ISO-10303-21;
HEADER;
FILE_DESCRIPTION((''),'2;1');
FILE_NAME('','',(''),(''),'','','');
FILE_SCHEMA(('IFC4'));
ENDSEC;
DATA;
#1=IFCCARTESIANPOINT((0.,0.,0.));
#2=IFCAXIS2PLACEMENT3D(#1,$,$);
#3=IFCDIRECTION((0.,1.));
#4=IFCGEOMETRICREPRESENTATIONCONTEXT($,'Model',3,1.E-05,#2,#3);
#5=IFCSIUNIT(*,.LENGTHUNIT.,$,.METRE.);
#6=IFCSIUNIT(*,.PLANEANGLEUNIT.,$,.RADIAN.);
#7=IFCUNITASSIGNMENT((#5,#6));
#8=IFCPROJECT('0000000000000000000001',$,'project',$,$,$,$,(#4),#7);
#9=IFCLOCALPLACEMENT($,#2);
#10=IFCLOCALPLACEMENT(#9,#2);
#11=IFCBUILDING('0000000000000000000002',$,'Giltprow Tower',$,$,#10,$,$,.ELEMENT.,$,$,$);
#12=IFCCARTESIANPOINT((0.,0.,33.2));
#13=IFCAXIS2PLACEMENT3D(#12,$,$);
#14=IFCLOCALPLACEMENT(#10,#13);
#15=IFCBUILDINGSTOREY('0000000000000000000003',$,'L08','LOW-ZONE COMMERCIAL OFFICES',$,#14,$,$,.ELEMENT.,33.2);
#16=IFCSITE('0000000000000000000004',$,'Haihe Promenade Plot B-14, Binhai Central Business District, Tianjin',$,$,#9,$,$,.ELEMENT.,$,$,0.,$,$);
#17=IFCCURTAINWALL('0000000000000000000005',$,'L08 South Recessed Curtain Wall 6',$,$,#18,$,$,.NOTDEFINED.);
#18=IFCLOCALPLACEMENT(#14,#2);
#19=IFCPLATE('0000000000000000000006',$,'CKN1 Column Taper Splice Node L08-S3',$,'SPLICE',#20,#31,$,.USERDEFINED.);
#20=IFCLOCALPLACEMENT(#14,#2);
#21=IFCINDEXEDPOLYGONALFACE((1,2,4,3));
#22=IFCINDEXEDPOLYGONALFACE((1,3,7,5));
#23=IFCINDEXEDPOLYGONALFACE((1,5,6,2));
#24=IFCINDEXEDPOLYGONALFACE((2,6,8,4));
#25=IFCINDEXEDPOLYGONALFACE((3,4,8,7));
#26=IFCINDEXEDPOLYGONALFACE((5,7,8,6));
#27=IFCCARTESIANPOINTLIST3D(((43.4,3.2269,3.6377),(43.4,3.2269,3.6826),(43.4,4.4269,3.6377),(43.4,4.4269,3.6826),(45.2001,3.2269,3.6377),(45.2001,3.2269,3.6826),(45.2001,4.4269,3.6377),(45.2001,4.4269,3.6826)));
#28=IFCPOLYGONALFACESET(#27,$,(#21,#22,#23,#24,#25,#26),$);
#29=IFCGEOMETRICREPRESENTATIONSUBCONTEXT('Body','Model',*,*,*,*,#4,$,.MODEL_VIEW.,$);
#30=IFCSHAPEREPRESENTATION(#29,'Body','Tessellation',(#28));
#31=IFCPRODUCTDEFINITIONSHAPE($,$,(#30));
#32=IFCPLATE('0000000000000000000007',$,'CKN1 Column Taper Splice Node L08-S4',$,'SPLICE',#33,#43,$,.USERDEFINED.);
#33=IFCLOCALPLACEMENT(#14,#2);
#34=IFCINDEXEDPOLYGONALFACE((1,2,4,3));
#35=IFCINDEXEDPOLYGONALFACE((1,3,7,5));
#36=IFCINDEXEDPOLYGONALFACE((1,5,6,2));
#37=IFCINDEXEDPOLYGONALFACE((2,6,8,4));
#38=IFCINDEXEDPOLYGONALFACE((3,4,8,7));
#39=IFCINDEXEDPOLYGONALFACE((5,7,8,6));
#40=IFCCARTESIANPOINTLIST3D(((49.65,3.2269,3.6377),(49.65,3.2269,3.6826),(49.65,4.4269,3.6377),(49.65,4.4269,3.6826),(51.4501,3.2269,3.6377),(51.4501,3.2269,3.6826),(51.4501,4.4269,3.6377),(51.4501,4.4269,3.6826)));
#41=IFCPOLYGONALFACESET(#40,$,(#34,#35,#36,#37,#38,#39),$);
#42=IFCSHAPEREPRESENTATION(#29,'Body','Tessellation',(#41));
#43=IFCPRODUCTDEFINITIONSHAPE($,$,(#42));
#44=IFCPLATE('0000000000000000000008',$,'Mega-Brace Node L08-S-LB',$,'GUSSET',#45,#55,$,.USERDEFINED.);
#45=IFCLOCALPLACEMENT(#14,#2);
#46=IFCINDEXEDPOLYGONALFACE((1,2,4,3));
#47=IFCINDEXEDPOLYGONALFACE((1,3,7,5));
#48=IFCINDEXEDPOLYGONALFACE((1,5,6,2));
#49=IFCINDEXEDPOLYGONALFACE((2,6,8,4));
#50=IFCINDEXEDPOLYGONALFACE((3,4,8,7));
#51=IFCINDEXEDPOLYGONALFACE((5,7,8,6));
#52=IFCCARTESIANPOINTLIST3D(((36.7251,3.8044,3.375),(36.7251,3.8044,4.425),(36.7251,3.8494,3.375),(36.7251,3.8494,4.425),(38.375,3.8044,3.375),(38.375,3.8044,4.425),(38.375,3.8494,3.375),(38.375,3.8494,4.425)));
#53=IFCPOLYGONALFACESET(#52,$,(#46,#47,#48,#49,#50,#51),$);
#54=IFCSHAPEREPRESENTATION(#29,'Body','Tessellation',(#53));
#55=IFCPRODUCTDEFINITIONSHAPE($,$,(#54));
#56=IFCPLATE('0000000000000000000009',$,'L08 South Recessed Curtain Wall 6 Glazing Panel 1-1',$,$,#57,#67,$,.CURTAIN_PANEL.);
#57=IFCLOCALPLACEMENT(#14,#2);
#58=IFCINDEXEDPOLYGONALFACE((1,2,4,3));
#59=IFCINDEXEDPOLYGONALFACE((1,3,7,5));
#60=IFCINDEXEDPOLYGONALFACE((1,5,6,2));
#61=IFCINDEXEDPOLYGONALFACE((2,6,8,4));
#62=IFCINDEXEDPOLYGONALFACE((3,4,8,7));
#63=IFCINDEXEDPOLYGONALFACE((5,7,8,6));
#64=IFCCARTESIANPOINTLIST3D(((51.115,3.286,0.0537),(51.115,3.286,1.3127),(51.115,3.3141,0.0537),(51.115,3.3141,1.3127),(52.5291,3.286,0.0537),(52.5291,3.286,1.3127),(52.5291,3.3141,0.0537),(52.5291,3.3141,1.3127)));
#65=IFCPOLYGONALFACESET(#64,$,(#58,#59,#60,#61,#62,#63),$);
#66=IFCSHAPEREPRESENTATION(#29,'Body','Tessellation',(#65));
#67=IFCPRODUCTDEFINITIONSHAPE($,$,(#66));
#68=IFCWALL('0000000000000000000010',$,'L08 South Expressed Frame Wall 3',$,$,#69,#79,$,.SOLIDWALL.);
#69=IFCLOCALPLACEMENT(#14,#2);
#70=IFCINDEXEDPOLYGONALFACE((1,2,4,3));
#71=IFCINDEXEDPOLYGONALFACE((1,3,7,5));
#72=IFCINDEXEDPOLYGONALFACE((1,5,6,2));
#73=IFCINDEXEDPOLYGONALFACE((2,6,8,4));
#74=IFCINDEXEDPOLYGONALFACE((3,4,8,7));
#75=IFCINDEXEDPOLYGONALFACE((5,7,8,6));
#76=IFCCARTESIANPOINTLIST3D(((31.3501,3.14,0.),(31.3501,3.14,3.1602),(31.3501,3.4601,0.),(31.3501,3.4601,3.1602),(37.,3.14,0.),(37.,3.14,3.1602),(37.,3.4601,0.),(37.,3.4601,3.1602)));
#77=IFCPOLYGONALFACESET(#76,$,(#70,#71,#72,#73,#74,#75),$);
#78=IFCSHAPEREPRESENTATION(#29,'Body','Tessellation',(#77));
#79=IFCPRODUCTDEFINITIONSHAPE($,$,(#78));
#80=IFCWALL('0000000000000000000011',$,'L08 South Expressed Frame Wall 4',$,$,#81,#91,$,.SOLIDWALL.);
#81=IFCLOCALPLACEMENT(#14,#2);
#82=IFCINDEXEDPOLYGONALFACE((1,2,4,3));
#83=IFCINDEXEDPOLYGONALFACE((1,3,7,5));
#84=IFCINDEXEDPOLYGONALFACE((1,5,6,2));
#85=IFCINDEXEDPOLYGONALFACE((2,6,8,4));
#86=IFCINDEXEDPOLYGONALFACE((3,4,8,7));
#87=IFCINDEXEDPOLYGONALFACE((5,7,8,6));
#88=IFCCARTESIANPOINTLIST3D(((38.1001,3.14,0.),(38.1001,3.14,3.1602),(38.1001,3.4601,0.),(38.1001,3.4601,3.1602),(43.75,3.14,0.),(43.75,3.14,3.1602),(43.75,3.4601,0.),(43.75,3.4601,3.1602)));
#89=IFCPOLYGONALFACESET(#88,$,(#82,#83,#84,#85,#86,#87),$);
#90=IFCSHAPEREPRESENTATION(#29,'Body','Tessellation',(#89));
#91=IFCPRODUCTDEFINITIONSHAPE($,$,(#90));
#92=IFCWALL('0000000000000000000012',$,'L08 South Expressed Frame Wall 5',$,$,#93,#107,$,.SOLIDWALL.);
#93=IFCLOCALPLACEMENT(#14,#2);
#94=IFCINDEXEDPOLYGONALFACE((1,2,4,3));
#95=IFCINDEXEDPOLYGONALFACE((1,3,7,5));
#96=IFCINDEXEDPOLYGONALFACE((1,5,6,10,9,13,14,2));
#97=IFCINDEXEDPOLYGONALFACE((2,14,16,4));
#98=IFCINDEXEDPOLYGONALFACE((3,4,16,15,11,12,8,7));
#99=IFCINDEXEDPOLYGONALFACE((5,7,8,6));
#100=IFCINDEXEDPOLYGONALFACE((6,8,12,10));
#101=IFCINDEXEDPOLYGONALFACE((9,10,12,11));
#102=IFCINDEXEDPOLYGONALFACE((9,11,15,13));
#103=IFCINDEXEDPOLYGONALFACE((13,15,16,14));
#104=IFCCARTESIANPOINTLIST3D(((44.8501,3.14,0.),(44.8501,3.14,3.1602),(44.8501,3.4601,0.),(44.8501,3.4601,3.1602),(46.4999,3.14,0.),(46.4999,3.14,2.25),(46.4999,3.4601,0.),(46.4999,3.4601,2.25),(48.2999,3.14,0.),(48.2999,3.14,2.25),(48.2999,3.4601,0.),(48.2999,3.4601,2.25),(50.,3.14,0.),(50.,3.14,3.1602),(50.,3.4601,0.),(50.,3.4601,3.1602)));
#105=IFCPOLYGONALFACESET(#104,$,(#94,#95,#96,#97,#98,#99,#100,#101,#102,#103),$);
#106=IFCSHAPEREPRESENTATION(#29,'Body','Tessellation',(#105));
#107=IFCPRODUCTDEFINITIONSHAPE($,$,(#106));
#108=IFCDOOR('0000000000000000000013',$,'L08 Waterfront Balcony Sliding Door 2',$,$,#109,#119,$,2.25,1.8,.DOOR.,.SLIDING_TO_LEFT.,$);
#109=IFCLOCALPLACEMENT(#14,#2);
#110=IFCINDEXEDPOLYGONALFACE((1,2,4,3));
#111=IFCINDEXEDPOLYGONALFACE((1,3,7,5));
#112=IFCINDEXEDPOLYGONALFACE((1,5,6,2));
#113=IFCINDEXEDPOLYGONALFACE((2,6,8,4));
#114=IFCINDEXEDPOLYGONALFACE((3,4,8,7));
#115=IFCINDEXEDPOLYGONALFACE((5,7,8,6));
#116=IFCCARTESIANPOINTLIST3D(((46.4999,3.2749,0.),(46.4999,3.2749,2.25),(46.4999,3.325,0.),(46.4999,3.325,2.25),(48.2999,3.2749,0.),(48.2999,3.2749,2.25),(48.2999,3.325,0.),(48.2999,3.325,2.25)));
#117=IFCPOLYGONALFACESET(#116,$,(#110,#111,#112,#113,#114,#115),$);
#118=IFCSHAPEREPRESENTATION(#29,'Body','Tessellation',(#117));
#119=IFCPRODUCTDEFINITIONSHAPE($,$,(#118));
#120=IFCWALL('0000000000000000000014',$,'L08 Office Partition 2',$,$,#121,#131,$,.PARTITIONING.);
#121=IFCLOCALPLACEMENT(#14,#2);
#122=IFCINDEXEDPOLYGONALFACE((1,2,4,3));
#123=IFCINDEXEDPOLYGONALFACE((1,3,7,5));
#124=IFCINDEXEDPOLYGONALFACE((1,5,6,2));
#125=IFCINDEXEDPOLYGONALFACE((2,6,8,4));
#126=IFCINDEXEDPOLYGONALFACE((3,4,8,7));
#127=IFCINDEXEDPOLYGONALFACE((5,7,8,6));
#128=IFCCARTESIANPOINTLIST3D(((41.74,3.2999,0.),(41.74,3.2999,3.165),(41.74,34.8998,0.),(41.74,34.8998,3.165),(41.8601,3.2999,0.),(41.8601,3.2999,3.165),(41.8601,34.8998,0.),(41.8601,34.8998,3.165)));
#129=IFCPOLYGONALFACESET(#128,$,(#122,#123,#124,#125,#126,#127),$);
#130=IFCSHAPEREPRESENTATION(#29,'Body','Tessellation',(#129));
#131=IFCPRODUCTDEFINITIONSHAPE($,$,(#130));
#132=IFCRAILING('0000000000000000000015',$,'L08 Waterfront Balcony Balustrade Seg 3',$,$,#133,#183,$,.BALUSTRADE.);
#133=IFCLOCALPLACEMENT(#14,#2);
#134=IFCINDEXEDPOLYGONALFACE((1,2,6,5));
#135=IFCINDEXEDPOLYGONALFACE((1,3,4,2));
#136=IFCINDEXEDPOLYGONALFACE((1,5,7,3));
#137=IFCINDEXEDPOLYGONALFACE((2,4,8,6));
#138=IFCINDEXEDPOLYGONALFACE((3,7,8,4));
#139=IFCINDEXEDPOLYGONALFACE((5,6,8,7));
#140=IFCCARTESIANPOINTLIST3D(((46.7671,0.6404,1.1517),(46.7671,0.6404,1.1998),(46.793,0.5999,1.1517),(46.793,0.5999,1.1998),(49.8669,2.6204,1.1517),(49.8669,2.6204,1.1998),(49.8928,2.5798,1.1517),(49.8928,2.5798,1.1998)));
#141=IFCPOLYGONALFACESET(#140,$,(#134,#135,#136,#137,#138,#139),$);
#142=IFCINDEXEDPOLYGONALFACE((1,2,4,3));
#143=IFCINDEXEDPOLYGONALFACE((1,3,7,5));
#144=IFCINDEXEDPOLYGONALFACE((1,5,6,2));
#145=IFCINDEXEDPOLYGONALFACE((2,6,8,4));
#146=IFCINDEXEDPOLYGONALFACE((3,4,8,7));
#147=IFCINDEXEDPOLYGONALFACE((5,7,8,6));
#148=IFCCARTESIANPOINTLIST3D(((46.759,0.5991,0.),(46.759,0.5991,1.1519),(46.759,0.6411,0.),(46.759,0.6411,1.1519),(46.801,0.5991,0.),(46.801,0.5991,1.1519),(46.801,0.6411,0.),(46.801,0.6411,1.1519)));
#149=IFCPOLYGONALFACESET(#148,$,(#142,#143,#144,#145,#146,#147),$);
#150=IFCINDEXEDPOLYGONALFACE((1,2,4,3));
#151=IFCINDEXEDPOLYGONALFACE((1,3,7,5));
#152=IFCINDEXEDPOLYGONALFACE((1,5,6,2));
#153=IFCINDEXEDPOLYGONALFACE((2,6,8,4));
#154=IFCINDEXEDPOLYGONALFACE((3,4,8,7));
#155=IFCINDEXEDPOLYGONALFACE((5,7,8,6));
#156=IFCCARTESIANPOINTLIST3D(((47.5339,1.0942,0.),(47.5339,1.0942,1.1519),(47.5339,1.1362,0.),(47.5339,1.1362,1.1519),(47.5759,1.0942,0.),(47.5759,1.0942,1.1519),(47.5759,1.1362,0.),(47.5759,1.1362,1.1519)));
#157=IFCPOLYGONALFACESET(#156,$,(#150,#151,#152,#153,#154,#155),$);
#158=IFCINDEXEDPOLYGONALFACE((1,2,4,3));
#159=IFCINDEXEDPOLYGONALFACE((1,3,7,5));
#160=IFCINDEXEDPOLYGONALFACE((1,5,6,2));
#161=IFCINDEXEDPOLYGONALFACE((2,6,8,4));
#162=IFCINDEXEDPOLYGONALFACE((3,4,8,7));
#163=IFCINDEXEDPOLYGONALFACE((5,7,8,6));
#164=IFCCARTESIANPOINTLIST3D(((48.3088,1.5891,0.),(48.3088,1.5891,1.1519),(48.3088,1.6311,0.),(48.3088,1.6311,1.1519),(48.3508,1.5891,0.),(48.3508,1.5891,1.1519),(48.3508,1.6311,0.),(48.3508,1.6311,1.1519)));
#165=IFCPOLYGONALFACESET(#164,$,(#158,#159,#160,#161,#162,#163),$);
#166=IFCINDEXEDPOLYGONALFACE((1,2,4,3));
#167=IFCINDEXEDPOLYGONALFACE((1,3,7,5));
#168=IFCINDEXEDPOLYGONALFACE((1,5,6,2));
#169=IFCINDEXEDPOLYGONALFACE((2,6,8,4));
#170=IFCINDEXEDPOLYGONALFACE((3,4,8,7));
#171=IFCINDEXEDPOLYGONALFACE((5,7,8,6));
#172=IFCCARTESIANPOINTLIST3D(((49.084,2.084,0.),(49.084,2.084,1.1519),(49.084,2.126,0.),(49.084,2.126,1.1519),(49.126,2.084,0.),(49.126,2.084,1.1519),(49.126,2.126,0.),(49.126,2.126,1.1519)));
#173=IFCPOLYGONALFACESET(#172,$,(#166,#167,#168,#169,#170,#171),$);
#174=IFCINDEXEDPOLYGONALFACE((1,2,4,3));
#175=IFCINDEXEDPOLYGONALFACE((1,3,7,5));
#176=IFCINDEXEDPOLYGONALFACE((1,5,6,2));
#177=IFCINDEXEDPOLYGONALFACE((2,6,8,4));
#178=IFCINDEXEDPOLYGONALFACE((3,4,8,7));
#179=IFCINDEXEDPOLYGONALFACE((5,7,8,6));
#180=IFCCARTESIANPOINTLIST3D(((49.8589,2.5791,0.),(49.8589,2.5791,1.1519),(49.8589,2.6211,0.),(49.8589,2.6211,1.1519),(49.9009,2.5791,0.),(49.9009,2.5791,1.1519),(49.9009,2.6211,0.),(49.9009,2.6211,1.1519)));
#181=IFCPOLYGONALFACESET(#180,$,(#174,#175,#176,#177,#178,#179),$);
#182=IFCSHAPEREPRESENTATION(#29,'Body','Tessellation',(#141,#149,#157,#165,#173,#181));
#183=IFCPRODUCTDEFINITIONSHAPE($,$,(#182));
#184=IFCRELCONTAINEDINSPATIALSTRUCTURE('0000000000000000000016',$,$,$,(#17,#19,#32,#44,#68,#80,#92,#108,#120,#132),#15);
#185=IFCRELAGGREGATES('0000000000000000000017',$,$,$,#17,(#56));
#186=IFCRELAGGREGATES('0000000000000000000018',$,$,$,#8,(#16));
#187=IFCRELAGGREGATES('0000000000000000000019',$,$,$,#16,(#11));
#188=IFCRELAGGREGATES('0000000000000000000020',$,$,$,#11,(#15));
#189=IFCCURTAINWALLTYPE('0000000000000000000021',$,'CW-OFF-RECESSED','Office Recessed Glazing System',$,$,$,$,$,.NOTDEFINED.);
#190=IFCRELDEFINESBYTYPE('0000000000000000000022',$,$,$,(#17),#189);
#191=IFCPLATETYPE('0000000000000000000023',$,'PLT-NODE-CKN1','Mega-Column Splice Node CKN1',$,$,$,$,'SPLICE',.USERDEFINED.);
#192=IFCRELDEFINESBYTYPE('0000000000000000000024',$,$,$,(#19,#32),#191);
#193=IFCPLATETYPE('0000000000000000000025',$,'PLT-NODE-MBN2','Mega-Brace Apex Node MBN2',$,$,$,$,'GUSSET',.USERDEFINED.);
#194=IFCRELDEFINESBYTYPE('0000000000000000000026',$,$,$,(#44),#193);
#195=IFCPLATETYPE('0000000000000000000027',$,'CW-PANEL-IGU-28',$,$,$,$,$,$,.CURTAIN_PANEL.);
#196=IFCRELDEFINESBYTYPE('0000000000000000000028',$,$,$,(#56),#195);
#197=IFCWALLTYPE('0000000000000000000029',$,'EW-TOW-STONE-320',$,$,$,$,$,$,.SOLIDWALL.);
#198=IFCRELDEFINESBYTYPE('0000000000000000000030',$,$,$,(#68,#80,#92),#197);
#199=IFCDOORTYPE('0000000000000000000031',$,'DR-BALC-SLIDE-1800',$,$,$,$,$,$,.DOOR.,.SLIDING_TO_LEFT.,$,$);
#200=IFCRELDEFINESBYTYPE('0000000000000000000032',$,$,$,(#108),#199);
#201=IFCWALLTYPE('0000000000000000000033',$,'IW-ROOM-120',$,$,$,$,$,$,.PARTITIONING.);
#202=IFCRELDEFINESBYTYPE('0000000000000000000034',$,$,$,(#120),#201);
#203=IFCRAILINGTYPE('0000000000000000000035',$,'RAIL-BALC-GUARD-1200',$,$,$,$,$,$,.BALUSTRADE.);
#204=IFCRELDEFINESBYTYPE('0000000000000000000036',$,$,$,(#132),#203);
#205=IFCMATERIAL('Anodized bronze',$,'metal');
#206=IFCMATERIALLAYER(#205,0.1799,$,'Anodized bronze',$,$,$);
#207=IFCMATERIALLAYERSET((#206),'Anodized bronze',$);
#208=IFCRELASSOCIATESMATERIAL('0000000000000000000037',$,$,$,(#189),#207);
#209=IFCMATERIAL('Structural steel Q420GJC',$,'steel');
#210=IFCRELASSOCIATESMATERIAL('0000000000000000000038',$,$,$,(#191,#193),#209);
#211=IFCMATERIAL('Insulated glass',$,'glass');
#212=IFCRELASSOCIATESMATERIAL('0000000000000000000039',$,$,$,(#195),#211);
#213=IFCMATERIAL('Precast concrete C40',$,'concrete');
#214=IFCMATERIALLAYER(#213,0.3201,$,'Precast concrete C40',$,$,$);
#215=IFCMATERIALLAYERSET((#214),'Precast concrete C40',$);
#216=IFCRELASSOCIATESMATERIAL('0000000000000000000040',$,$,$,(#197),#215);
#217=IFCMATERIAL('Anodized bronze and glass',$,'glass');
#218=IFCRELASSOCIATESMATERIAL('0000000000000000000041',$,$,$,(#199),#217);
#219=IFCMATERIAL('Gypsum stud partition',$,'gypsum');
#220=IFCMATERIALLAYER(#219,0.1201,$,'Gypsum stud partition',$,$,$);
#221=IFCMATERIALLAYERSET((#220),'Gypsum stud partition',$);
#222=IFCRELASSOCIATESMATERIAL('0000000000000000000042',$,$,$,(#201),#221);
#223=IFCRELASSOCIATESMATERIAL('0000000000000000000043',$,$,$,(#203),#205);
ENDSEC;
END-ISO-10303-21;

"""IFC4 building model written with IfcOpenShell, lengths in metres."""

from ifc_helpers import new_model, si_unit, direction, frame, frame_2d, origin, origin_2d, place, context, subcontext, project, spatial, rectangle, extrude, source, transform, mapped, material, layer, layer_set, type_object, element, fill, aggregate, save


model = new_model("IFC4")

# Units and contexts
model_context = context("Model", 3, precision=1e-05, world=origin(), true_north=direction((0.0, 1.0)))
body_context = subcontext(model_context, "Body", "Model", "MODEL_VIEW")
ifc_project = project(units=[si_unit("LENGTHUNIT", "METRE"), si_unit("PLANEANGLEUNIT", "RADIAN")], contexts=[model_context])

# Site, building, storey
site_placement = place(None, origin())
site = spatial("IfcSite", under=ifc_project, at=site_placement, Name="Haihe Promenade Plot B-14, Binhai Central Business District, Tianjin", CompositionType="ELEMENT", RefElevation=0.0)
building_placement = place(site_placement, origin())
building = spatial("IfcBuilding", under=site, at=building_placement, Name="Giltprow Tower", CompositionType="ELEMENT")
storey_placement = place(building_placement, frame((0.0, 0.0, 33.2)))
storey = spatial("IfcBuildingStorey", under=building, at=storey_placement, Name="L08", Description="LOW-ZONE COMMERCIAL OFFICES", CompositionType="ELEMENT", Elevation=33.2)

# Shared definitions
ifc_material_1 = material(Name="Structural steel Q420GJC", Category="steel")

# Curtain wall
ifc_material_2 = material(Name="Anodized bronze", Category="metal")
ifc_layer_1 = layer(ifc_material_2, 0.1799, Name="Anodized bronze")
ifc_layer_set_1 = layer_set([ifc_layer_1], Name="Anodized bronze")
curtain_wall_type = type_object("IfcCurtainWallType", Name="CW-OFF-RECESSED", Description="Office Recessed Glazing System", PredefinedType="NOTDEFINED", material=ifc_layer_set_1)
curtain_wall_placement = place(storey_placement, origin())
curtain_wall = element("IfcCurtainWall", 1, at=curtain_wall_placement, inside=storey, type_object=curtain_wall_type, Name="L08 South Recessed Curtain Wall 6", PredefinedType="NOTDEFINED")

# Plates
plate_type_1 = type_object("IfcPlateType", Name="PLT-NODE-CKN1", Description="Mega-Column Splice Node CKN1", ElementType="SPLICE", PredefinedType="USERDEFINED", material=ifc_material_1)
shared_shape_1 = source(origin(), body_context, "Body", "SweptSolid", [
    extrude(rectangle(XDim=1.8, YDim=1.2, at=origin_2d()), origin(), (0.0, 0.0, 1.0), 0.0449),
])
for number, where, z_axis, x_axis, name in (
    (2, (44.3, 3.8269, 3.6377), (0.0, 0.0, 1.0), (1.0, 0.0, 0.0), "CKN1 Column Taper Splice Node L08-S3"),
    (3, (50.55, 3.8269, 3.6377), (0.0, 0.0, 1.0), (1.0, 0.0, 0.0), "CKN1 Column Taper Splice Node L08-S4"),
):
    element("IfcPlate", number, at=place(storey_placement, frame(where, z_axis=z_axis, x_axis=x_axis)), inside=storey, type_object=plate_type_1, Name=name, ObjectType="SPLICE", PredefinedType="USERDEFINED", context=body_context, shape_type="MappedRepresentation", body=[
        mapped(shared_shape_1, transform((0.0, 0.0, 0.0), x_axis=(1.0, 0.0, 0.0), y_axis=(0.0, 1.0, 0.0), z_axis=(0.0, 0.0, 1.0), scale=1.0)),
    ])
plate_type_2 = type_object("IfcPlateType", Name="PLT-NODE-MBN2", Description="Mega-Brace Apex Node MBN2", ElementType="GUSSET", PredefinedType="USERDEFINED", material=ifc_material_1)
shared_shape_2 = source(origin(), body_context, "Body", "SweptSolid", [
    extrude(rectangle(XDim=1.6499, YDim=0.0449, at=origin_2d()), origin(), (0.0, 0.0, 1.0), 1.05),
])
plate_1_placement = place(storey_placement, frame((37.55, 3.8269, 3.375), z_axis=(0.0, 0.0, 1.0), x_axis=(1.0, 0.0, 0.0)))
element("IfcPlate", 4, at=plate_1_placement, inside=storey, type_object=plate_type_2, Name="Mega-Brace Node L08-S-LB", ObjectType="GUSSET", PredefinedType="USERDEFINED", context=body_context, shape_type="MappedRepresentation", body=[
    mapped(shared_shape_2, transform((0.0, 0.0, 0.0), x_axis=(1.0, 0.0, 0.0), y_axis=(0.0, 1.0, 0.0), z_axis=(0.0, 0.0, 1.0), scale=1.0)),
])

# Plate
ifc_material_3 = material(Name="Insulated glass", Category="glass")
plate_type_3 = type_object("IfcPlateType", Name="CW-PANEL-IGU-28", PredefinedType="CURTAIN_PANEL", material=ifc_material_3)
shared_shape_3 = source(origin(), body_context, "Body", "SweptSolid", [
    extrude(rectangle(XDim=1.4141, YDim=0.0281, at=origin_2d()), origin(), (0.0, 0.0, 1.0), 1.259),
])
plate_2_placement = place(storey_placement, frame((51.822, 3.3, 0.0537), z_axis=(0.0, 0.0, 1.0), x_axis=(1.0, 0.0, 0.0)))
plate_2 = element("IfcPlate", 5, at=plate_2_placement, type_object=plate_type_3, Name="L08 South Recessed Curtain Wall 6 Glazing Panel 1-1", PredefinedType="CURTAIN_PANEL", context=body_context, shape_type="MappedRepresentation", body=[
    mapped(shared_shape_3, transform((0.0, 0.0, 0.0), x_axis=(1.0, 0.0, 0.0), y_axis=(0.0, 1.0, 0.0), z_axis=(0.0, 0.0, 1.0), scale=1.0)),
])
aggregate(curtain_wall, [plate_2])

# Walls
ifc_material_4 = material(Name="Precast concrete C40", Category="concrete")
ifc_layer_2 = layer(ifc_material_4, 0.3201, Name="Precast concrete C40")
ifc_layer_set_2 = layer_set([ifc_layer_2], Name="Precast concrete C40")
wall_type_1 = type_object("IfcWallType", Name="EW-TOW-STONE-320", PredefinedType="SOLIDWALL", material=ifc_layer_set_2)
for number, where, z_axis, x_axis, name in (
    (6, (31.3501, 3.3, 0.0), (0.0, 0.0, 1.0), (1.0, 0.0, 0.0), "L08 South Expressed Frame Wall 3"),
    (7, (38.1001, 3.3, 0.0), (0.0, 0.0, 1.0), (1.0, 0.0, 0.0), "L08 South Expressed Frame Wall 4"),
):
    element("IfcWall", number, at=place(storey_placement, frame(where, z_axis=z_axis, x_axis=x_axis)), inside=storey, type_object=wall_type_1, Name=name, PredefinedType="SOLIDWALL", context=body_context, shape_type="SweptSolid", body=[
        extrude(rectangle(XDim=5.6499, YDim=0.3201, at=frame_2d((2.825, 0.0))), origin(), (0.0, 0.0, 1.0), 3.1602),
    ])

# Wall, opening, door
wall_1_placement = place(storey_placement, frame((44.8501, 3.3, 0.0), z_axis=(0.0, 0.0, 1.0), x_axis=(1.0, 0.0, 0.0)))
wall_1 = element("IfcWall", 8, at=wall_1_placement, inside=storey, type_object=wall_type_1, Name="L08 South Expressed Frame Wall 5", PredefinedType="SOLIDWALL", context=body_context, shape_type="SweptSolid", body=[
    extrude(rectangle(XDim=5.1499, YDim=0.3201, at=frame_2d((2.575, 0.0))), origin(), (0.0, 0.0, 1.0), 3.1602),
])
opening_placement = place(wall_1_placement, frame((1.6499, 0.0, 0.0)))
opening = element("IfcOpeningElement", 9, at=opening_placement, cuts=wall_1, PredefinedType="OPENING", context=body_context, shape_type="SweptSolid", body=[
    extrude(rectangle(XDim=1.8, YDim=2.25, at=frame_2d((0.8999, 1.125))), frame((0.0, 0.1699, 0.0), z_axis=(0.0, -1.0, 0.0), x_axis=(1.0, 0.0, 0.0)), (0.0, 0.0, 1.0), 0.3401),
])
ifc_material_5 = material(Name="Anodized bronze and glass", Category="glass")
door_type = type_object("IfcDoorType", Name="DR-BALC-SLIDE-1800", OperationType="SLIDING_TO_LEFT", PredefinedType="DOOR", material=ifc_material_5)
shared_shape_4 = source(origin(), body_context, "Body", "SweptSolid", [
    extrude(rectangle(XDim=1.8, YDim=2.25, at=frame_2d((0.8999, 1.125))), frame((0.0, 0.0249, 0.0), z_axis=(0.0, -1.0, 0.0), x_axis=(1.0, 0.0, 0.0)), (0.0, 0.0, 1.0), 0.05),
])
door_placement = place(opening_placement, origin())
door = element("IfcDoor", 10, at=door_placement, inside=storey, type_object=door_type, Name="L08 Waterfront Balcony Sliding Door 2", OperationType="SLIDING_TO_LEFT", OverallHeight=2.25, OverallWidth=1.8, PredefinedType="DOOR", context=body_context, shape_type="MappedRepresentation", body=[
    mapped(shared_shape_4, transform((0.0, 0.0, 0.0), x_axis=(1.0, 0.0, 0.0), y_axis=(0.0, 1.0, 0.0), z_axis=(0.0, 0.0, 1.0), scale=1.0)),
])
fill(opening, door)

# Wall
ifc_material_6 = material(Name="Gypsum stud partition", Category="gypsum")
ifc_layer_3 = layer(ifc_material_6, 0.1201, Name="Gypsum stud partition")
ifc_layer_set_3 = layer_set([ifc_layer_3], Name="Gypsum stud partition")
wall_type_2 = type_object("IfcWallType", Name="IW-ROOM-120", PredefinedType="PARTITIONING", material=ifc_layer_set_3)
wall_2_placement = place(storey_placement, frame((41.8, 3.3, 0.0), z_axis=(0.0, 0.0, 1.0), x_axis=(0.0, 1.0, 0.0)))
element("IfcWall", 11, at=wall_2_placement, inside=storey, type_object=wall_type_2, Name="L08 Office Partition 2", PredefinedType="PARTITIONING", context=body_context, shape_type="SweptSolid", body=[
    extrude(rectangle(XDim=31.5999, YDim=0.1201, at=frame_2d((15.7998, 0.0))), origin(), (0.0, 0.0, 1.0), 3.165),
])

# Railing
railing_type = type_object("IfcRailingType", Name="RAIL-BALC-GUARD-1200", PredefinedType="BALUSTRADE", material=ifc_material_2)
railing_1_placement = place(storey_placement, frame((46.78, 0.6201, 0.0)))
element("IfcRailing", 12, at=railing_1_placement, inside=storey, type_object=railing_type, Name="L08 Waterfront Balcony Balustrade Seg 3", PredefinedType="BALUSTRADE", context=body_context, shape_type="SweptSolid", body=[
    extrude(rectangle(XDim=0.0481, YDim=0.0481, at=origin_2d()), frame((0.0, 0.0, 1.1758), z_axis=(0.842756, 0.538296, 0.0), x_axis=(-0.538296, 0.842756, 0.0)), (0.0, 0.0, 1.0), 3.6782),
    extrude(rectangle(XDim=0.042, YDim=0.042, at=origin_2d()), origin(), (0.0, 0.0, 1.0), 1.1519),
    extrude(rectangle(XDim=0.042, YDim=0.042, at=origin_2d()), frame((0.7749, 0.4951, 0.0)), (0.0, 0.0, 1.0), 1.1519),
    extrude(rectangle(XDim=0.042, YDim=0.042, at=origin_2d()), frame((1.5498, 0.99, 0.0)), (0.0, 0.0, 1.0), 1.1519),
    extrude(rectangle(XDim=0.042, YDim=0.042, at=origin_2d()), frame((2.325, 1.4849, 0.0)), (0.0, 0.0, 1.0), 1.1519),
    extrude(rectangle(XDim=0.042, YDim=0.042, at=origin_2d()), frame((3.0999, 1.98, 0.0)), (0.0, 0.0, 1.0), 1.1519),
])

save(model, "model.ifc")
